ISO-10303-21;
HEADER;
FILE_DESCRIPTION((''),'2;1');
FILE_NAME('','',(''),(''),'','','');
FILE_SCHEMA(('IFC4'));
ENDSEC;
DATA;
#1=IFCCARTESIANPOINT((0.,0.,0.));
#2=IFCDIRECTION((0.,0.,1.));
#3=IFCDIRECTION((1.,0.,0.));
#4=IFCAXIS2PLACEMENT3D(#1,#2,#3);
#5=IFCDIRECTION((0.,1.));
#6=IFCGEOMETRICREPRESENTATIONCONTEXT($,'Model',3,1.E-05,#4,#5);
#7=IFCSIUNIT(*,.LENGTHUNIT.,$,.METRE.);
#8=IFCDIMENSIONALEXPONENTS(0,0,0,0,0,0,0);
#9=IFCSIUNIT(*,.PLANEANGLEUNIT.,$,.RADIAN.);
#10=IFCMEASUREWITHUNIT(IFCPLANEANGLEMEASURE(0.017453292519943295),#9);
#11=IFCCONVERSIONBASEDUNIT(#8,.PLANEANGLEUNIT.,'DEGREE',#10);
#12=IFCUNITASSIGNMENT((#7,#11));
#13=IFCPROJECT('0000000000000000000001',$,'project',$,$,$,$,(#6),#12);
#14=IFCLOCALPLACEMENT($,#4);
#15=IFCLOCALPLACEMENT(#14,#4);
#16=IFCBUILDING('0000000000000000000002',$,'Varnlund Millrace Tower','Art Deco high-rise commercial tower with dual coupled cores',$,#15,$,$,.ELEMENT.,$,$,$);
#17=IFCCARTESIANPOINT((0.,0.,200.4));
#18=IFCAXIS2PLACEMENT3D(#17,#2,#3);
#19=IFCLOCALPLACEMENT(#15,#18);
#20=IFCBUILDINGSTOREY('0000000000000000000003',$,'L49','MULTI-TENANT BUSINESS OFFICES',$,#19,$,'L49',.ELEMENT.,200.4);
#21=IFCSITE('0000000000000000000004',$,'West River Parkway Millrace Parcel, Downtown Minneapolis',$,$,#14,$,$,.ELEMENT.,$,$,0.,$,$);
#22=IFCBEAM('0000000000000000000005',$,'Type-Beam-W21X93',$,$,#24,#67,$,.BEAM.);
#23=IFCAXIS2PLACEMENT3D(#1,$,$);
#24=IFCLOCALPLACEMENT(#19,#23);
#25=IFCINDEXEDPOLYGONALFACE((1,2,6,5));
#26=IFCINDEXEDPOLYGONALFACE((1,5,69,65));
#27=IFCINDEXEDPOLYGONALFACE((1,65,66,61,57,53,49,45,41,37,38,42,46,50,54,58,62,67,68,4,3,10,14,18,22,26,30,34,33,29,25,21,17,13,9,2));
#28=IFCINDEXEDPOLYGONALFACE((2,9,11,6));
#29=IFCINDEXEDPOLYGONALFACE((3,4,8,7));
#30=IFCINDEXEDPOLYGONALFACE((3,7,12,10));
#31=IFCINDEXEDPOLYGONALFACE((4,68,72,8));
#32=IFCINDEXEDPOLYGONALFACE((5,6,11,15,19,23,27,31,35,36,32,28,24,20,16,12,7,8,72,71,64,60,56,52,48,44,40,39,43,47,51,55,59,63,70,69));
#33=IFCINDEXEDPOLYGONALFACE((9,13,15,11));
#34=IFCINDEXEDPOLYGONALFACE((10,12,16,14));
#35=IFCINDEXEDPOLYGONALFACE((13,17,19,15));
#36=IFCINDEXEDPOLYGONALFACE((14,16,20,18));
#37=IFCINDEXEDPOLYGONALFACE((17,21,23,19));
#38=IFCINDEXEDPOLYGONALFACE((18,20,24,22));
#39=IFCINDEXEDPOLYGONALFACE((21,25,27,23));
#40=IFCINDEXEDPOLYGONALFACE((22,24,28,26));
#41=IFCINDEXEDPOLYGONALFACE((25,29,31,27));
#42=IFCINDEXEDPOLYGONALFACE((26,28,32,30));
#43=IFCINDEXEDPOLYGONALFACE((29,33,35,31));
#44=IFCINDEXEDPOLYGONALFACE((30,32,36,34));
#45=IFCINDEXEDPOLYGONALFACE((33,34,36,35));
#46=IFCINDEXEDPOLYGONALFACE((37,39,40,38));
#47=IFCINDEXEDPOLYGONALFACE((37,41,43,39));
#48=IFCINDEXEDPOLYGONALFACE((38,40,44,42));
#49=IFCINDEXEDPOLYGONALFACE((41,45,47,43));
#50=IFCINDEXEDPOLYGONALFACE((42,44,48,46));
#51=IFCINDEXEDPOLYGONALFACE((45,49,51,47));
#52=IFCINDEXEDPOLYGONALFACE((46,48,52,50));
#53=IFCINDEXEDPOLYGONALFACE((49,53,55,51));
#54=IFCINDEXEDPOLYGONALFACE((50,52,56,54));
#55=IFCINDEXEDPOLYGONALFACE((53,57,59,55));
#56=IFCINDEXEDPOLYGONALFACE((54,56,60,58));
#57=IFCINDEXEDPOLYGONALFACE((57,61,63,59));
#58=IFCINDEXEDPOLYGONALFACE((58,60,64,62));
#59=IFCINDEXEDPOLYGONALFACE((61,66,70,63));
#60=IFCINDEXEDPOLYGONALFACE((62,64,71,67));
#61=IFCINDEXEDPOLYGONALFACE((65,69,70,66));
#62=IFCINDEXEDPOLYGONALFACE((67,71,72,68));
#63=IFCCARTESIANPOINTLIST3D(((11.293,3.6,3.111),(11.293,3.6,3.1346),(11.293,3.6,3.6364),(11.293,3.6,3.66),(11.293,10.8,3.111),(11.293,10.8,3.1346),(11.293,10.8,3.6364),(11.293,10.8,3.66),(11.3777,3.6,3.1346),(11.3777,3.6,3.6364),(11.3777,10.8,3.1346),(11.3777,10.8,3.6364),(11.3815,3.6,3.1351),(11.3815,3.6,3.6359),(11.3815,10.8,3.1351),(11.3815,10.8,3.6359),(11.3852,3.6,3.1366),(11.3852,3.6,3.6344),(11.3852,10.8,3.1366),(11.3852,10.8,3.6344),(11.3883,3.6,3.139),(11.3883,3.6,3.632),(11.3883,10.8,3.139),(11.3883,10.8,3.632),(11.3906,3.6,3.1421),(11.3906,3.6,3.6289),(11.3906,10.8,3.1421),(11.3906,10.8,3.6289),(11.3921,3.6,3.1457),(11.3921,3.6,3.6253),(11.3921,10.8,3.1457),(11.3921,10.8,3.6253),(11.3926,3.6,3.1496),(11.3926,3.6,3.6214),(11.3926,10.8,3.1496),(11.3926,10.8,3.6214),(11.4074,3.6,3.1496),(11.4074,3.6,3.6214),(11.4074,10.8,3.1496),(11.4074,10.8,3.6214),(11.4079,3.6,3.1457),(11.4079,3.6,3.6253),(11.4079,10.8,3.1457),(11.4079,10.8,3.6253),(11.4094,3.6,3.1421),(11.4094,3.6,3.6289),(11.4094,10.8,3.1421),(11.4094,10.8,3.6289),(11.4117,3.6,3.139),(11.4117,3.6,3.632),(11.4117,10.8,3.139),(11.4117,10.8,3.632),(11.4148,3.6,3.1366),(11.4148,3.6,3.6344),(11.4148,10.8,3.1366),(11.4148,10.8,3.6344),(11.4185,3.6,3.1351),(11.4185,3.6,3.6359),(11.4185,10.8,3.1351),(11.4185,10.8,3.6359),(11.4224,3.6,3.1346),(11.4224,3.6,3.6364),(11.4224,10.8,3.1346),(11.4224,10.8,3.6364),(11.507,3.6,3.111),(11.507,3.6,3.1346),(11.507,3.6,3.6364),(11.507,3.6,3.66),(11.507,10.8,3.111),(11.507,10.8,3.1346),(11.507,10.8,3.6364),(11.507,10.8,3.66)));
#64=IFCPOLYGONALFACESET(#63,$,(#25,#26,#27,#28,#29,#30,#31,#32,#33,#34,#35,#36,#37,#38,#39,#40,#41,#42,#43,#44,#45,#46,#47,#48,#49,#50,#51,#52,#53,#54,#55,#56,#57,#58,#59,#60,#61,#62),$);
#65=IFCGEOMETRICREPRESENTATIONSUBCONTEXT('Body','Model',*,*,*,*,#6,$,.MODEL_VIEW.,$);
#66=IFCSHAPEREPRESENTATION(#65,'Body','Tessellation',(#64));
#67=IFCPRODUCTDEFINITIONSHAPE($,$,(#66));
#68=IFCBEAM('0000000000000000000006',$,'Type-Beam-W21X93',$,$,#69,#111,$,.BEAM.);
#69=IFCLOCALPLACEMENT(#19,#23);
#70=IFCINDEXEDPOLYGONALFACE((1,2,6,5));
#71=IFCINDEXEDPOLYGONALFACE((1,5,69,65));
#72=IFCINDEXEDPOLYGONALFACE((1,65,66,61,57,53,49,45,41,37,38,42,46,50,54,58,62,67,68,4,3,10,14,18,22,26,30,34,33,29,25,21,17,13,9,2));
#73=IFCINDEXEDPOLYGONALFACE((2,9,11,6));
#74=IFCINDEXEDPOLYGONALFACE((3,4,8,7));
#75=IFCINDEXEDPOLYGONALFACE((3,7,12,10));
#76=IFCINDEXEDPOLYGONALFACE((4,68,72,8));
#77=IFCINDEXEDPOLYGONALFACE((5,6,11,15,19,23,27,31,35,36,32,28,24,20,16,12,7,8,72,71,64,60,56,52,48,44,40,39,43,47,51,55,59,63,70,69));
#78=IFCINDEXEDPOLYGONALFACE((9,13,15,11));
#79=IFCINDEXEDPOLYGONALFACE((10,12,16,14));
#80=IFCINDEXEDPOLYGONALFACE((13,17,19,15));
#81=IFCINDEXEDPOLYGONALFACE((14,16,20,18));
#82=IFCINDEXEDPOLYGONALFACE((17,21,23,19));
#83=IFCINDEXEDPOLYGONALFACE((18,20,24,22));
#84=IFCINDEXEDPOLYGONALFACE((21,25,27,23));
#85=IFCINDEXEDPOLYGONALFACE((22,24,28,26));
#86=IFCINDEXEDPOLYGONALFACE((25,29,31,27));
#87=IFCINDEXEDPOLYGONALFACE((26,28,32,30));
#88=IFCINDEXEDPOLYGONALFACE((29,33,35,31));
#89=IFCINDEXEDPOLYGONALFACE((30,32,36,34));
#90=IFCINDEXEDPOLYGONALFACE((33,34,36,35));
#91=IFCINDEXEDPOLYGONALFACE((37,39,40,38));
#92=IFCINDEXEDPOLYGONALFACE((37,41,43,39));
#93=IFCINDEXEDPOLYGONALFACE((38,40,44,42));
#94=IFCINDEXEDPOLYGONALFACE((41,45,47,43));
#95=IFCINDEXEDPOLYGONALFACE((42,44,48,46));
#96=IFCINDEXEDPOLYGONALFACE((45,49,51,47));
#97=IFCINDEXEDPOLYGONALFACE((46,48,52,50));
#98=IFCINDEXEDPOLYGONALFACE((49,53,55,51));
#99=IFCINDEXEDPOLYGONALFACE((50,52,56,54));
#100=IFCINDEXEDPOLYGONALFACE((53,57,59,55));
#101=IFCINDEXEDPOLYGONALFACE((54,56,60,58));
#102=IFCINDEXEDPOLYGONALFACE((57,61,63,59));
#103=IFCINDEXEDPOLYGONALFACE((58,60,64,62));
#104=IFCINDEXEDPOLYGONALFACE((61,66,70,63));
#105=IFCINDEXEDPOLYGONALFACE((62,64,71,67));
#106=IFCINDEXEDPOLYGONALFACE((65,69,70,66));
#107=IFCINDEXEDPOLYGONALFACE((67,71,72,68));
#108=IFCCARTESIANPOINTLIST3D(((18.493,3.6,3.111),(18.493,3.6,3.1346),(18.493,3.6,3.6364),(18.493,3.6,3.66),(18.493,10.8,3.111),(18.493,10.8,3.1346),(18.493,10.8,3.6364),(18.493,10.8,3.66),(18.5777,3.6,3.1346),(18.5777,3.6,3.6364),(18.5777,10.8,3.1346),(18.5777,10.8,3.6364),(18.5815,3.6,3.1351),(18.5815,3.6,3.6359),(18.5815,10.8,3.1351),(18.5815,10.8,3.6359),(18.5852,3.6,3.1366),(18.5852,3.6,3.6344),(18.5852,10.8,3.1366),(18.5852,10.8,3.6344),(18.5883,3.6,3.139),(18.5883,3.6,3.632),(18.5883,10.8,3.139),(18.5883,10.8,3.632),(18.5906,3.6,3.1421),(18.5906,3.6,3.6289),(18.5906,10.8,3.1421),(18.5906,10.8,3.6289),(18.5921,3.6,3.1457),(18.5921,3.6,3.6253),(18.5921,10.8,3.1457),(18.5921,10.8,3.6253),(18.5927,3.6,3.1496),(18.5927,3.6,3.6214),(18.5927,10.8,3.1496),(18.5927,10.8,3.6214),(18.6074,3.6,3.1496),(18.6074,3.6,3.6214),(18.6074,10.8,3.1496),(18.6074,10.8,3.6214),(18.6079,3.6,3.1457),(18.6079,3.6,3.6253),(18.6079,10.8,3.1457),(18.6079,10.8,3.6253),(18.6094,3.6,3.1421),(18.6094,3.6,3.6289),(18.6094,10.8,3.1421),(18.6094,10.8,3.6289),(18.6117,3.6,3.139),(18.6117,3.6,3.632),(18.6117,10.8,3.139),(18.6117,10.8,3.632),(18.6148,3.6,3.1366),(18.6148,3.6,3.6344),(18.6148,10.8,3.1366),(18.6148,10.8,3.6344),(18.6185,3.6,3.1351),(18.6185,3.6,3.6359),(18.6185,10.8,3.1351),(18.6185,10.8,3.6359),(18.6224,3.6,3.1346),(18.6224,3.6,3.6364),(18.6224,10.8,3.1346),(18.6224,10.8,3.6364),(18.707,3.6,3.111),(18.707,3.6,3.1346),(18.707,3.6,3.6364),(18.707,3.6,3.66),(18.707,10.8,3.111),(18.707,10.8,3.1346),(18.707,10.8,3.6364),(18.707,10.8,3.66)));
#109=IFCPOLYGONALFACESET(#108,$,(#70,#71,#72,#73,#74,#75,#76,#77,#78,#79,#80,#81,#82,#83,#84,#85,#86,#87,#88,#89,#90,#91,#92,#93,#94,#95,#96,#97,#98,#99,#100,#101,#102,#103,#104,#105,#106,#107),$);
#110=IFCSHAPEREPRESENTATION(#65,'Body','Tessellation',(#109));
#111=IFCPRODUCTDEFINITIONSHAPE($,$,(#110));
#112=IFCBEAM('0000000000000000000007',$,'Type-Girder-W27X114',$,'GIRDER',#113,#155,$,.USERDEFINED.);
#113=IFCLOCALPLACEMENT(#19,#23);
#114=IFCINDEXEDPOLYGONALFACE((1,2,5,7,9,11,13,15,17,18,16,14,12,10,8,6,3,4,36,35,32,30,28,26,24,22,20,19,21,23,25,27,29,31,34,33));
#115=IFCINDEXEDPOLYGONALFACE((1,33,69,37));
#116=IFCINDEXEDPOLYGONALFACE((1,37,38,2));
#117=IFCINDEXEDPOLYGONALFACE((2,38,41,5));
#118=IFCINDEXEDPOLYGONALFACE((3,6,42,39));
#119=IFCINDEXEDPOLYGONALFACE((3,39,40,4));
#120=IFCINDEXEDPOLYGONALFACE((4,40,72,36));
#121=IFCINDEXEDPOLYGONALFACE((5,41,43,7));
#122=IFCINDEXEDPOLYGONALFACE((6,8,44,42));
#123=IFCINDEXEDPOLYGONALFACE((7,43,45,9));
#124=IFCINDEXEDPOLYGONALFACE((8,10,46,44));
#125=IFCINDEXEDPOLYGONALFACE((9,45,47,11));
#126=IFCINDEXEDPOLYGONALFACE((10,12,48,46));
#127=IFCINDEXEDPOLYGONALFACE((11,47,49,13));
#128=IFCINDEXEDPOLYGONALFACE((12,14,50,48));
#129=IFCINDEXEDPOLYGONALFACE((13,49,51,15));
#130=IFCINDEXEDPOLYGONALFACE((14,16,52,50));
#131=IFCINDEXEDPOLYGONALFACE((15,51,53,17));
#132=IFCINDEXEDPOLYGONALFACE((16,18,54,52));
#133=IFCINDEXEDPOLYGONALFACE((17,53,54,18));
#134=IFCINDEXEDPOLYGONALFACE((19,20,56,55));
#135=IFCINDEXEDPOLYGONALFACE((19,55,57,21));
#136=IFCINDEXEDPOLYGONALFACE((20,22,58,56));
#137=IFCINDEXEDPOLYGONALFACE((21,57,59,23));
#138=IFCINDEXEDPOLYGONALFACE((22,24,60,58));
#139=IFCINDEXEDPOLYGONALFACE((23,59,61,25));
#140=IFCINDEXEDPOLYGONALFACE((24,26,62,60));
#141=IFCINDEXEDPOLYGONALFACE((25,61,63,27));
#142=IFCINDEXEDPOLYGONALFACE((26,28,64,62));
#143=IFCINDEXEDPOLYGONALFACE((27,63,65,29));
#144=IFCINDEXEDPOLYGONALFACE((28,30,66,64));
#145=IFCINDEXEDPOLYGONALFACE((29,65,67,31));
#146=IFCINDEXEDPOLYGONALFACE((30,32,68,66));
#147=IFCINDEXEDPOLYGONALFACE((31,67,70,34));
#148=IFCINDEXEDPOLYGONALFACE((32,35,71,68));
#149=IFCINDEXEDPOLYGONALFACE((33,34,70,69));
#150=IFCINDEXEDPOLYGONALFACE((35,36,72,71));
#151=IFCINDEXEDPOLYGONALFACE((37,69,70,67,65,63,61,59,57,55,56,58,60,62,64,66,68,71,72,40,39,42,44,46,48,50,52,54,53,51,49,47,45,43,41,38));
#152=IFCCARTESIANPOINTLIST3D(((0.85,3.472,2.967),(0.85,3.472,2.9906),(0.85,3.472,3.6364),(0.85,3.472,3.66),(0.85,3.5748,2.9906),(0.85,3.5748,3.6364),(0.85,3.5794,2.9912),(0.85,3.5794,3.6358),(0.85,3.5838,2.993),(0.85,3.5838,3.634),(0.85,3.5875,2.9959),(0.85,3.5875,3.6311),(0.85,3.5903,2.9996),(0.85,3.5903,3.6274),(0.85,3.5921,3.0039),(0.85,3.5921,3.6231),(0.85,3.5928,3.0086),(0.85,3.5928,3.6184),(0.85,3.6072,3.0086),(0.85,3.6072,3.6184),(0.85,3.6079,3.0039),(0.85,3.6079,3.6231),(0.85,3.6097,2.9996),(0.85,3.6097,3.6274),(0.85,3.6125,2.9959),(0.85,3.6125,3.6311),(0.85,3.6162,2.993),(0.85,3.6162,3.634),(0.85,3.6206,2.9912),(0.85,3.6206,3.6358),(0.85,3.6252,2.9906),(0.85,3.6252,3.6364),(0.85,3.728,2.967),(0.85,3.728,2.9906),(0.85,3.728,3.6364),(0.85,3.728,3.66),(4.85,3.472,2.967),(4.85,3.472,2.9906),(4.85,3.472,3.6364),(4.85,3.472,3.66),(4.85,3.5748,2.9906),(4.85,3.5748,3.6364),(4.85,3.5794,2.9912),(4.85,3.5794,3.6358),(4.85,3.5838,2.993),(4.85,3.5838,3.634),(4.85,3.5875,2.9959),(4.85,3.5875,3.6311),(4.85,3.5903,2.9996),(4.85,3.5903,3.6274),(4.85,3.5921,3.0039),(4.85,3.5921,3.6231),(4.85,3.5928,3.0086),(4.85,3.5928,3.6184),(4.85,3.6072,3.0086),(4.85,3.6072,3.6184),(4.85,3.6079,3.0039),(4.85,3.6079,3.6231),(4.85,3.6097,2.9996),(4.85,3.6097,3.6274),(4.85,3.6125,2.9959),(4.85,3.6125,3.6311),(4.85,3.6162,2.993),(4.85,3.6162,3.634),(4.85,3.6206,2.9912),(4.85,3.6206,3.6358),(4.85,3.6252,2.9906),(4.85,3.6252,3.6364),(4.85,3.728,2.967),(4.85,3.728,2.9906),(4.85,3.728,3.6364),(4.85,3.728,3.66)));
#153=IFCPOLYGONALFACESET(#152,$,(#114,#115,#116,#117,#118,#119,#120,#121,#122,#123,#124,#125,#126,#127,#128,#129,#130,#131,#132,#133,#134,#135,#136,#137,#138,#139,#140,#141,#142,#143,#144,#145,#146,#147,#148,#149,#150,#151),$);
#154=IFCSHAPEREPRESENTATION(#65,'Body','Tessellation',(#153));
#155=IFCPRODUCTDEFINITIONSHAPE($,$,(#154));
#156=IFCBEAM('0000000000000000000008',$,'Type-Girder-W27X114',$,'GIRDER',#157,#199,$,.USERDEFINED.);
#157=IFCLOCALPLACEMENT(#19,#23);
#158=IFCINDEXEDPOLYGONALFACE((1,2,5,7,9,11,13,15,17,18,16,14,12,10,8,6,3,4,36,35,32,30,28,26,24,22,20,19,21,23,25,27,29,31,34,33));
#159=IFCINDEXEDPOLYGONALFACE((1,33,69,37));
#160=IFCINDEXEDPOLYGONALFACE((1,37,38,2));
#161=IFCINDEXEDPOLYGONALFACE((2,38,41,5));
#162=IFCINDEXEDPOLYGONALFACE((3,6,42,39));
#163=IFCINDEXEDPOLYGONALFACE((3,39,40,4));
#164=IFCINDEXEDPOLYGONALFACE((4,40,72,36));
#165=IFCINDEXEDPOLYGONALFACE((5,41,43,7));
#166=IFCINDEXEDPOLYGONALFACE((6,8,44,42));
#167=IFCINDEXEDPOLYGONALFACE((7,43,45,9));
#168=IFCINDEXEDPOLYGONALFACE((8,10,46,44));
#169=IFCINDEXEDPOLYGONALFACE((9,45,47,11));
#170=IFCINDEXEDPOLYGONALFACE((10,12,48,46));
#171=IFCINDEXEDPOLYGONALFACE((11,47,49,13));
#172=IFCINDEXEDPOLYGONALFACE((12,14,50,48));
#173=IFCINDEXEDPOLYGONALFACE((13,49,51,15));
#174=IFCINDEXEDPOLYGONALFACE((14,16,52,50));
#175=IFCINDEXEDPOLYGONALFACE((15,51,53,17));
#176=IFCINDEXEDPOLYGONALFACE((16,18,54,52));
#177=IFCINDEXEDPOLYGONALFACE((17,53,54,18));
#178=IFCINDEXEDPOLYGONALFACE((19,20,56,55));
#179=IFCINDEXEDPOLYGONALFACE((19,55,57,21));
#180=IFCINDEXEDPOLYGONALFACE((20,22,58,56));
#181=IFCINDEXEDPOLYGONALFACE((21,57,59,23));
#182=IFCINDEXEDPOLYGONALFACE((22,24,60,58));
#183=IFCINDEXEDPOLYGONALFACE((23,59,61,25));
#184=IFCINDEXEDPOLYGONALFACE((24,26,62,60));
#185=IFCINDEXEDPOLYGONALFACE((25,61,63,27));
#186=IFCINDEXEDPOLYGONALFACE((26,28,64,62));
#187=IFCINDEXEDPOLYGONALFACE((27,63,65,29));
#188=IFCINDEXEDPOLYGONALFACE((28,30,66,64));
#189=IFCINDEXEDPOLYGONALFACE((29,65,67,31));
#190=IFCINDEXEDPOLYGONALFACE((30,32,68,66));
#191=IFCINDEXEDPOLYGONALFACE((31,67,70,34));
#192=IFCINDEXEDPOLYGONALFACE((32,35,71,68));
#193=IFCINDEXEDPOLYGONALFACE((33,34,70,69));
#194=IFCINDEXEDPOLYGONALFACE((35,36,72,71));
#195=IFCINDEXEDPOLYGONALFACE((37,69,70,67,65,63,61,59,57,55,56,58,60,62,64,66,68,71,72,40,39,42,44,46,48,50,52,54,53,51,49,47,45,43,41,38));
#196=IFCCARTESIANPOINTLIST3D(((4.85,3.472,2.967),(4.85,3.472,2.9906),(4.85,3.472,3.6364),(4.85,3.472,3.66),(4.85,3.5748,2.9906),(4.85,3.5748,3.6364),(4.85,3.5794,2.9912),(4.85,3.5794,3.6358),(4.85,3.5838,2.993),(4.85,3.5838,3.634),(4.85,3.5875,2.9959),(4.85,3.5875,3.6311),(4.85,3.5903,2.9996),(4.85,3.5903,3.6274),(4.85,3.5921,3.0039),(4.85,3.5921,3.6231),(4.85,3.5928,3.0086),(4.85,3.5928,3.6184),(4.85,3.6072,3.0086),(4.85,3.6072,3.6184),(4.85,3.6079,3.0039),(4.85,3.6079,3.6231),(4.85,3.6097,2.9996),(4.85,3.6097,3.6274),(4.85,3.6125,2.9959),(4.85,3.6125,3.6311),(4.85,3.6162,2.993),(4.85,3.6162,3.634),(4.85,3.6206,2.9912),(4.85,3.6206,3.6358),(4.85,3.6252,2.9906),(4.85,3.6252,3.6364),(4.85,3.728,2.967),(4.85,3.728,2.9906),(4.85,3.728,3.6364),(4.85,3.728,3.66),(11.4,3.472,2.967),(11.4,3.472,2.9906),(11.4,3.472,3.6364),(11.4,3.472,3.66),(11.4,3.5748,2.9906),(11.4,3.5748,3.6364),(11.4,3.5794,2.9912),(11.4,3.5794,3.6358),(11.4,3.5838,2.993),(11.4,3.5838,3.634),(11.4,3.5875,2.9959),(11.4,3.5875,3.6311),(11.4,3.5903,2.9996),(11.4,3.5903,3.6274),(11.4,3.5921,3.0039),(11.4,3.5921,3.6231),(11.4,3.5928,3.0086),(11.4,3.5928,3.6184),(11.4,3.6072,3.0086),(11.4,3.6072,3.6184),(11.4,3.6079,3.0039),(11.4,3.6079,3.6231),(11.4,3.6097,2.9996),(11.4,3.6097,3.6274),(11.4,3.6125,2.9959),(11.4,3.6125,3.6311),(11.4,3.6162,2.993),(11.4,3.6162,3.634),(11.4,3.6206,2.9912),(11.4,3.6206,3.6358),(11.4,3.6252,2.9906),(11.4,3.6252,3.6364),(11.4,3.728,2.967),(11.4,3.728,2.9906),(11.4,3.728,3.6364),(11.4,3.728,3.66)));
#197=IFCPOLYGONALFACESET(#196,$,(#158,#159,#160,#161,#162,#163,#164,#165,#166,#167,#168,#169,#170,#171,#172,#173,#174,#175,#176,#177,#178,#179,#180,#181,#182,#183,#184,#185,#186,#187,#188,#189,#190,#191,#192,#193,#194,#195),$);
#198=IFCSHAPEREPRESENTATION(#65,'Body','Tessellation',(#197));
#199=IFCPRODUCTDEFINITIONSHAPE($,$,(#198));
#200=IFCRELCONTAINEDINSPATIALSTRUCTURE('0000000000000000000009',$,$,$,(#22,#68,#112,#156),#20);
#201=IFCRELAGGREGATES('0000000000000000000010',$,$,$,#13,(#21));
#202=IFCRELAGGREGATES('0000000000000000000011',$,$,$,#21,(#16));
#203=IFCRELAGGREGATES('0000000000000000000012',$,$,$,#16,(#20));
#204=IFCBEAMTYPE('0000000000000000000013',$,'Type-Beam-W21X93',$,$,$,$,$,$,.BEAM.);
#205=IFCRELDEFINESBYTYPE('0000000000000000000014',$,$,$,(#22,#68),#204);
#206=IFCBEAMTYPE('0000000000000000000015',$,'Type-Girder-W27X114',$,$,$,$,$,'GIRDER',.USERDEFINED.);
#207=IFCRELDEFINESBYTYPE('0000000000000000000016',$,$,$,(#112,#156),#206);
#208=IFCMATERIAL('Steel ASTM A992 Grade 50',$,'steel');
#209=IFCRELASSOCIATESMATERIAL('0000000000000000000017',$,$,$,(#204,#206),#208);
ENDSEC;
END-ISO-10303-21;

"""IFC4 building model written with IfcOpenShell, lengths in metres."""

from ifc_helpers import new_model, entity, si_unit, converted_unit, direction, frame, origin_with_axes, origin_2d_with_axis, place, context, subcontext, project, spatial, i_section, extrude, material, material_profile, profile_set, type_object, element, save


model = new_model("IFC4")

# Units and contexts
model_context = context("Model", 3, precision=1e-05, world=origin_with_axes(), true_north=direction((0.0, 1.0)))
body_context = subcontext(model_context, "Body", "Model", "MODEL_VIEW")
ifc_project = project(units=[si_unit("LENGTHUNIT", "METRE"), converted_unit("PLANEANGLEUNIT", "DEGREE", entity("IfcPlaneAngleMeasure", 0.017453292519943295), si_unit("PLANEANGLEUNIT", "RADIAN"), dimensions=[0, 0, 0, 0, 0, 0, 0])], contexts=[model_context])

# Site, building, storey
site_placement = place(None, origin_with_axes())
site = spatial("IfcSite", under=ifc_project, at=site_placement, Name="West River Parkway Millrace Parcel, Downtown Minneapolis", CompositionType="ELEMENT", RefElevation=0.0)
building_placement = place(site_placement, origin_with_axes())
building = spatial("IfcBuilding", under=site, at=building_placement, Name="Varnlund Millrace Tower", Description="Art Deco high-rise commercial tower with dual coupled cores", CompositionType="ELEMENT")
storey_placement = place(building_placement, frame((0.0, 0.0, 200.4), z_axis=(0.0, 0.0, 1.0), x_axis=(1.0, 0.0, 0.0)))
storey = spatial("IfcBuildingStorey", under=building, at=storey_placement, Name="L49", Description="MULTI-TENANT BUSINESS OFFICES", LongName="L49", CompositionType="ELEMENT", Elevation=200.4)

# Beams
ifc_material_1 = material(Name="Steel ASTM A992 Grade 50", Category="steel")
ifc_material_profile_1 = material_profile(ifc_material_1, i_section(OverallWidth=0.214, OverallDepth=0.549, WebThickness=0.0147, FlangeThickness=0.0236, FilletRadius=0.015, at=origin_2d_with_axis()), Name="Steel ASTM A992 Grade 50")
ifc_profile_set_1 = profile_set([ifc_material_profile_1], Name="Steel ASTM A992 Grade 50")
beam_type_1 = type_object("IfcBeamType", Name="Type-Beam-W21X93", PredefinedType="BEAM", material=ifc_profile_set_1)
for number, where, z_axis, x_axis, name in (
    (1, (11.4, 3.6, 3.3855), (0.0, 1.0, 0.0), (-1.0, 0.0, 0.0), "Type-Beam-W21X93"),
    (2, (18.6, 3.6, 3.3855), (0.0, 1.0, 0.0), (-1.0, 0.0, 0.0), "Type-Beam-W21X93"),
):
    element("IfcBeam", number, at=place(storey_placement, frame(where, z_axis=z_axis, x_axis=x_axis)), inside=storey, type_object=beam_type_1, Name=name, PredefinedType="BEAM", context=body_context, shape_type="SweptSolid", body=[
        extrude(i_section(OverallWidth=0.214, OverallDepth=0.549, WebThickness=0.0147, FlangeThickness=0.0236, FilletRadius=0.015, at=origin_2d_with_axis()), origin_with_axes(), (0.0, 0.0, 1.0), 7.2),
    ])
ifc_material_profile_2 = material_profile(ifc_material_1, i_section(OverallWidth=0.256, OverallDepth=0.693, WebThickness=0.0145, FlangeThickness=0.0236, FilletRadius=0.018, at=origin_2d_with_axis()), Name="Steel ASTM A992 Grade 50")
ifc_profile_set_2 = profile_set([ifc_material_profile_2], Name="Steel ASTM A992 Grade 50")
beam_type_2 = type_object("IfcBeamType", Name="Type-Girder-W27X114", ElementType="GIRDER", PredefinedType="USERDEFINED", material=ifc_profile_set_2)
beam_1_placement = place(storey_placement, frame((0.85, 3.6, 3.3135), z_axis=(1.0, 0.0, 0.0), x_axis=(0.0, 1.0, 0.0)))
element("IfcBeam", 3, at=beam_1_placement, inside=storey, type_object=beam_type_2, Name="Type-Girder-W27X114", ObjectType="GIRDER", PredefinedType="USERDEFINED", context=body_context, shape_type="SweptSolid", body=[
    extrude(i_section(OverallWidth=0.256, OverallDepth=0.693, WebThickness=0.0145, FlangeThickness=0.0236, FilletRadius=0.018, at=origin_2d_with_axis()), origin_with_axes(), (0.0, 0.0, 1.0), 4.0),
])
beam_2_placement = place(storey_placement, frame((4.85, 3.6, 3.3135), z_axis=(1.0, 0.0, 0.0), x_axis=(0.0, 1.0, 0.0)))
element("IfcBeam", 4, at=beam_2_placement, inside=storey, type_object=beam_type_2, Name="Type-Girder-W27X114", ObjectType="GIRDER", PredefinedType="USERDEFINED", context=body_context, shape_type="SweptSolid", body=[
    extrude(i_section(OverallWidth=0.256, OverallDepth=0.693, WebThickness=0.0145, FlangeThickness=0.0236, FilletRadius=0.018, at=origin_2d_with_axis()), origin_with_axes(), (0.0, 0.0, 1.0), 6.55),
])

save(model, "model.ifc")
